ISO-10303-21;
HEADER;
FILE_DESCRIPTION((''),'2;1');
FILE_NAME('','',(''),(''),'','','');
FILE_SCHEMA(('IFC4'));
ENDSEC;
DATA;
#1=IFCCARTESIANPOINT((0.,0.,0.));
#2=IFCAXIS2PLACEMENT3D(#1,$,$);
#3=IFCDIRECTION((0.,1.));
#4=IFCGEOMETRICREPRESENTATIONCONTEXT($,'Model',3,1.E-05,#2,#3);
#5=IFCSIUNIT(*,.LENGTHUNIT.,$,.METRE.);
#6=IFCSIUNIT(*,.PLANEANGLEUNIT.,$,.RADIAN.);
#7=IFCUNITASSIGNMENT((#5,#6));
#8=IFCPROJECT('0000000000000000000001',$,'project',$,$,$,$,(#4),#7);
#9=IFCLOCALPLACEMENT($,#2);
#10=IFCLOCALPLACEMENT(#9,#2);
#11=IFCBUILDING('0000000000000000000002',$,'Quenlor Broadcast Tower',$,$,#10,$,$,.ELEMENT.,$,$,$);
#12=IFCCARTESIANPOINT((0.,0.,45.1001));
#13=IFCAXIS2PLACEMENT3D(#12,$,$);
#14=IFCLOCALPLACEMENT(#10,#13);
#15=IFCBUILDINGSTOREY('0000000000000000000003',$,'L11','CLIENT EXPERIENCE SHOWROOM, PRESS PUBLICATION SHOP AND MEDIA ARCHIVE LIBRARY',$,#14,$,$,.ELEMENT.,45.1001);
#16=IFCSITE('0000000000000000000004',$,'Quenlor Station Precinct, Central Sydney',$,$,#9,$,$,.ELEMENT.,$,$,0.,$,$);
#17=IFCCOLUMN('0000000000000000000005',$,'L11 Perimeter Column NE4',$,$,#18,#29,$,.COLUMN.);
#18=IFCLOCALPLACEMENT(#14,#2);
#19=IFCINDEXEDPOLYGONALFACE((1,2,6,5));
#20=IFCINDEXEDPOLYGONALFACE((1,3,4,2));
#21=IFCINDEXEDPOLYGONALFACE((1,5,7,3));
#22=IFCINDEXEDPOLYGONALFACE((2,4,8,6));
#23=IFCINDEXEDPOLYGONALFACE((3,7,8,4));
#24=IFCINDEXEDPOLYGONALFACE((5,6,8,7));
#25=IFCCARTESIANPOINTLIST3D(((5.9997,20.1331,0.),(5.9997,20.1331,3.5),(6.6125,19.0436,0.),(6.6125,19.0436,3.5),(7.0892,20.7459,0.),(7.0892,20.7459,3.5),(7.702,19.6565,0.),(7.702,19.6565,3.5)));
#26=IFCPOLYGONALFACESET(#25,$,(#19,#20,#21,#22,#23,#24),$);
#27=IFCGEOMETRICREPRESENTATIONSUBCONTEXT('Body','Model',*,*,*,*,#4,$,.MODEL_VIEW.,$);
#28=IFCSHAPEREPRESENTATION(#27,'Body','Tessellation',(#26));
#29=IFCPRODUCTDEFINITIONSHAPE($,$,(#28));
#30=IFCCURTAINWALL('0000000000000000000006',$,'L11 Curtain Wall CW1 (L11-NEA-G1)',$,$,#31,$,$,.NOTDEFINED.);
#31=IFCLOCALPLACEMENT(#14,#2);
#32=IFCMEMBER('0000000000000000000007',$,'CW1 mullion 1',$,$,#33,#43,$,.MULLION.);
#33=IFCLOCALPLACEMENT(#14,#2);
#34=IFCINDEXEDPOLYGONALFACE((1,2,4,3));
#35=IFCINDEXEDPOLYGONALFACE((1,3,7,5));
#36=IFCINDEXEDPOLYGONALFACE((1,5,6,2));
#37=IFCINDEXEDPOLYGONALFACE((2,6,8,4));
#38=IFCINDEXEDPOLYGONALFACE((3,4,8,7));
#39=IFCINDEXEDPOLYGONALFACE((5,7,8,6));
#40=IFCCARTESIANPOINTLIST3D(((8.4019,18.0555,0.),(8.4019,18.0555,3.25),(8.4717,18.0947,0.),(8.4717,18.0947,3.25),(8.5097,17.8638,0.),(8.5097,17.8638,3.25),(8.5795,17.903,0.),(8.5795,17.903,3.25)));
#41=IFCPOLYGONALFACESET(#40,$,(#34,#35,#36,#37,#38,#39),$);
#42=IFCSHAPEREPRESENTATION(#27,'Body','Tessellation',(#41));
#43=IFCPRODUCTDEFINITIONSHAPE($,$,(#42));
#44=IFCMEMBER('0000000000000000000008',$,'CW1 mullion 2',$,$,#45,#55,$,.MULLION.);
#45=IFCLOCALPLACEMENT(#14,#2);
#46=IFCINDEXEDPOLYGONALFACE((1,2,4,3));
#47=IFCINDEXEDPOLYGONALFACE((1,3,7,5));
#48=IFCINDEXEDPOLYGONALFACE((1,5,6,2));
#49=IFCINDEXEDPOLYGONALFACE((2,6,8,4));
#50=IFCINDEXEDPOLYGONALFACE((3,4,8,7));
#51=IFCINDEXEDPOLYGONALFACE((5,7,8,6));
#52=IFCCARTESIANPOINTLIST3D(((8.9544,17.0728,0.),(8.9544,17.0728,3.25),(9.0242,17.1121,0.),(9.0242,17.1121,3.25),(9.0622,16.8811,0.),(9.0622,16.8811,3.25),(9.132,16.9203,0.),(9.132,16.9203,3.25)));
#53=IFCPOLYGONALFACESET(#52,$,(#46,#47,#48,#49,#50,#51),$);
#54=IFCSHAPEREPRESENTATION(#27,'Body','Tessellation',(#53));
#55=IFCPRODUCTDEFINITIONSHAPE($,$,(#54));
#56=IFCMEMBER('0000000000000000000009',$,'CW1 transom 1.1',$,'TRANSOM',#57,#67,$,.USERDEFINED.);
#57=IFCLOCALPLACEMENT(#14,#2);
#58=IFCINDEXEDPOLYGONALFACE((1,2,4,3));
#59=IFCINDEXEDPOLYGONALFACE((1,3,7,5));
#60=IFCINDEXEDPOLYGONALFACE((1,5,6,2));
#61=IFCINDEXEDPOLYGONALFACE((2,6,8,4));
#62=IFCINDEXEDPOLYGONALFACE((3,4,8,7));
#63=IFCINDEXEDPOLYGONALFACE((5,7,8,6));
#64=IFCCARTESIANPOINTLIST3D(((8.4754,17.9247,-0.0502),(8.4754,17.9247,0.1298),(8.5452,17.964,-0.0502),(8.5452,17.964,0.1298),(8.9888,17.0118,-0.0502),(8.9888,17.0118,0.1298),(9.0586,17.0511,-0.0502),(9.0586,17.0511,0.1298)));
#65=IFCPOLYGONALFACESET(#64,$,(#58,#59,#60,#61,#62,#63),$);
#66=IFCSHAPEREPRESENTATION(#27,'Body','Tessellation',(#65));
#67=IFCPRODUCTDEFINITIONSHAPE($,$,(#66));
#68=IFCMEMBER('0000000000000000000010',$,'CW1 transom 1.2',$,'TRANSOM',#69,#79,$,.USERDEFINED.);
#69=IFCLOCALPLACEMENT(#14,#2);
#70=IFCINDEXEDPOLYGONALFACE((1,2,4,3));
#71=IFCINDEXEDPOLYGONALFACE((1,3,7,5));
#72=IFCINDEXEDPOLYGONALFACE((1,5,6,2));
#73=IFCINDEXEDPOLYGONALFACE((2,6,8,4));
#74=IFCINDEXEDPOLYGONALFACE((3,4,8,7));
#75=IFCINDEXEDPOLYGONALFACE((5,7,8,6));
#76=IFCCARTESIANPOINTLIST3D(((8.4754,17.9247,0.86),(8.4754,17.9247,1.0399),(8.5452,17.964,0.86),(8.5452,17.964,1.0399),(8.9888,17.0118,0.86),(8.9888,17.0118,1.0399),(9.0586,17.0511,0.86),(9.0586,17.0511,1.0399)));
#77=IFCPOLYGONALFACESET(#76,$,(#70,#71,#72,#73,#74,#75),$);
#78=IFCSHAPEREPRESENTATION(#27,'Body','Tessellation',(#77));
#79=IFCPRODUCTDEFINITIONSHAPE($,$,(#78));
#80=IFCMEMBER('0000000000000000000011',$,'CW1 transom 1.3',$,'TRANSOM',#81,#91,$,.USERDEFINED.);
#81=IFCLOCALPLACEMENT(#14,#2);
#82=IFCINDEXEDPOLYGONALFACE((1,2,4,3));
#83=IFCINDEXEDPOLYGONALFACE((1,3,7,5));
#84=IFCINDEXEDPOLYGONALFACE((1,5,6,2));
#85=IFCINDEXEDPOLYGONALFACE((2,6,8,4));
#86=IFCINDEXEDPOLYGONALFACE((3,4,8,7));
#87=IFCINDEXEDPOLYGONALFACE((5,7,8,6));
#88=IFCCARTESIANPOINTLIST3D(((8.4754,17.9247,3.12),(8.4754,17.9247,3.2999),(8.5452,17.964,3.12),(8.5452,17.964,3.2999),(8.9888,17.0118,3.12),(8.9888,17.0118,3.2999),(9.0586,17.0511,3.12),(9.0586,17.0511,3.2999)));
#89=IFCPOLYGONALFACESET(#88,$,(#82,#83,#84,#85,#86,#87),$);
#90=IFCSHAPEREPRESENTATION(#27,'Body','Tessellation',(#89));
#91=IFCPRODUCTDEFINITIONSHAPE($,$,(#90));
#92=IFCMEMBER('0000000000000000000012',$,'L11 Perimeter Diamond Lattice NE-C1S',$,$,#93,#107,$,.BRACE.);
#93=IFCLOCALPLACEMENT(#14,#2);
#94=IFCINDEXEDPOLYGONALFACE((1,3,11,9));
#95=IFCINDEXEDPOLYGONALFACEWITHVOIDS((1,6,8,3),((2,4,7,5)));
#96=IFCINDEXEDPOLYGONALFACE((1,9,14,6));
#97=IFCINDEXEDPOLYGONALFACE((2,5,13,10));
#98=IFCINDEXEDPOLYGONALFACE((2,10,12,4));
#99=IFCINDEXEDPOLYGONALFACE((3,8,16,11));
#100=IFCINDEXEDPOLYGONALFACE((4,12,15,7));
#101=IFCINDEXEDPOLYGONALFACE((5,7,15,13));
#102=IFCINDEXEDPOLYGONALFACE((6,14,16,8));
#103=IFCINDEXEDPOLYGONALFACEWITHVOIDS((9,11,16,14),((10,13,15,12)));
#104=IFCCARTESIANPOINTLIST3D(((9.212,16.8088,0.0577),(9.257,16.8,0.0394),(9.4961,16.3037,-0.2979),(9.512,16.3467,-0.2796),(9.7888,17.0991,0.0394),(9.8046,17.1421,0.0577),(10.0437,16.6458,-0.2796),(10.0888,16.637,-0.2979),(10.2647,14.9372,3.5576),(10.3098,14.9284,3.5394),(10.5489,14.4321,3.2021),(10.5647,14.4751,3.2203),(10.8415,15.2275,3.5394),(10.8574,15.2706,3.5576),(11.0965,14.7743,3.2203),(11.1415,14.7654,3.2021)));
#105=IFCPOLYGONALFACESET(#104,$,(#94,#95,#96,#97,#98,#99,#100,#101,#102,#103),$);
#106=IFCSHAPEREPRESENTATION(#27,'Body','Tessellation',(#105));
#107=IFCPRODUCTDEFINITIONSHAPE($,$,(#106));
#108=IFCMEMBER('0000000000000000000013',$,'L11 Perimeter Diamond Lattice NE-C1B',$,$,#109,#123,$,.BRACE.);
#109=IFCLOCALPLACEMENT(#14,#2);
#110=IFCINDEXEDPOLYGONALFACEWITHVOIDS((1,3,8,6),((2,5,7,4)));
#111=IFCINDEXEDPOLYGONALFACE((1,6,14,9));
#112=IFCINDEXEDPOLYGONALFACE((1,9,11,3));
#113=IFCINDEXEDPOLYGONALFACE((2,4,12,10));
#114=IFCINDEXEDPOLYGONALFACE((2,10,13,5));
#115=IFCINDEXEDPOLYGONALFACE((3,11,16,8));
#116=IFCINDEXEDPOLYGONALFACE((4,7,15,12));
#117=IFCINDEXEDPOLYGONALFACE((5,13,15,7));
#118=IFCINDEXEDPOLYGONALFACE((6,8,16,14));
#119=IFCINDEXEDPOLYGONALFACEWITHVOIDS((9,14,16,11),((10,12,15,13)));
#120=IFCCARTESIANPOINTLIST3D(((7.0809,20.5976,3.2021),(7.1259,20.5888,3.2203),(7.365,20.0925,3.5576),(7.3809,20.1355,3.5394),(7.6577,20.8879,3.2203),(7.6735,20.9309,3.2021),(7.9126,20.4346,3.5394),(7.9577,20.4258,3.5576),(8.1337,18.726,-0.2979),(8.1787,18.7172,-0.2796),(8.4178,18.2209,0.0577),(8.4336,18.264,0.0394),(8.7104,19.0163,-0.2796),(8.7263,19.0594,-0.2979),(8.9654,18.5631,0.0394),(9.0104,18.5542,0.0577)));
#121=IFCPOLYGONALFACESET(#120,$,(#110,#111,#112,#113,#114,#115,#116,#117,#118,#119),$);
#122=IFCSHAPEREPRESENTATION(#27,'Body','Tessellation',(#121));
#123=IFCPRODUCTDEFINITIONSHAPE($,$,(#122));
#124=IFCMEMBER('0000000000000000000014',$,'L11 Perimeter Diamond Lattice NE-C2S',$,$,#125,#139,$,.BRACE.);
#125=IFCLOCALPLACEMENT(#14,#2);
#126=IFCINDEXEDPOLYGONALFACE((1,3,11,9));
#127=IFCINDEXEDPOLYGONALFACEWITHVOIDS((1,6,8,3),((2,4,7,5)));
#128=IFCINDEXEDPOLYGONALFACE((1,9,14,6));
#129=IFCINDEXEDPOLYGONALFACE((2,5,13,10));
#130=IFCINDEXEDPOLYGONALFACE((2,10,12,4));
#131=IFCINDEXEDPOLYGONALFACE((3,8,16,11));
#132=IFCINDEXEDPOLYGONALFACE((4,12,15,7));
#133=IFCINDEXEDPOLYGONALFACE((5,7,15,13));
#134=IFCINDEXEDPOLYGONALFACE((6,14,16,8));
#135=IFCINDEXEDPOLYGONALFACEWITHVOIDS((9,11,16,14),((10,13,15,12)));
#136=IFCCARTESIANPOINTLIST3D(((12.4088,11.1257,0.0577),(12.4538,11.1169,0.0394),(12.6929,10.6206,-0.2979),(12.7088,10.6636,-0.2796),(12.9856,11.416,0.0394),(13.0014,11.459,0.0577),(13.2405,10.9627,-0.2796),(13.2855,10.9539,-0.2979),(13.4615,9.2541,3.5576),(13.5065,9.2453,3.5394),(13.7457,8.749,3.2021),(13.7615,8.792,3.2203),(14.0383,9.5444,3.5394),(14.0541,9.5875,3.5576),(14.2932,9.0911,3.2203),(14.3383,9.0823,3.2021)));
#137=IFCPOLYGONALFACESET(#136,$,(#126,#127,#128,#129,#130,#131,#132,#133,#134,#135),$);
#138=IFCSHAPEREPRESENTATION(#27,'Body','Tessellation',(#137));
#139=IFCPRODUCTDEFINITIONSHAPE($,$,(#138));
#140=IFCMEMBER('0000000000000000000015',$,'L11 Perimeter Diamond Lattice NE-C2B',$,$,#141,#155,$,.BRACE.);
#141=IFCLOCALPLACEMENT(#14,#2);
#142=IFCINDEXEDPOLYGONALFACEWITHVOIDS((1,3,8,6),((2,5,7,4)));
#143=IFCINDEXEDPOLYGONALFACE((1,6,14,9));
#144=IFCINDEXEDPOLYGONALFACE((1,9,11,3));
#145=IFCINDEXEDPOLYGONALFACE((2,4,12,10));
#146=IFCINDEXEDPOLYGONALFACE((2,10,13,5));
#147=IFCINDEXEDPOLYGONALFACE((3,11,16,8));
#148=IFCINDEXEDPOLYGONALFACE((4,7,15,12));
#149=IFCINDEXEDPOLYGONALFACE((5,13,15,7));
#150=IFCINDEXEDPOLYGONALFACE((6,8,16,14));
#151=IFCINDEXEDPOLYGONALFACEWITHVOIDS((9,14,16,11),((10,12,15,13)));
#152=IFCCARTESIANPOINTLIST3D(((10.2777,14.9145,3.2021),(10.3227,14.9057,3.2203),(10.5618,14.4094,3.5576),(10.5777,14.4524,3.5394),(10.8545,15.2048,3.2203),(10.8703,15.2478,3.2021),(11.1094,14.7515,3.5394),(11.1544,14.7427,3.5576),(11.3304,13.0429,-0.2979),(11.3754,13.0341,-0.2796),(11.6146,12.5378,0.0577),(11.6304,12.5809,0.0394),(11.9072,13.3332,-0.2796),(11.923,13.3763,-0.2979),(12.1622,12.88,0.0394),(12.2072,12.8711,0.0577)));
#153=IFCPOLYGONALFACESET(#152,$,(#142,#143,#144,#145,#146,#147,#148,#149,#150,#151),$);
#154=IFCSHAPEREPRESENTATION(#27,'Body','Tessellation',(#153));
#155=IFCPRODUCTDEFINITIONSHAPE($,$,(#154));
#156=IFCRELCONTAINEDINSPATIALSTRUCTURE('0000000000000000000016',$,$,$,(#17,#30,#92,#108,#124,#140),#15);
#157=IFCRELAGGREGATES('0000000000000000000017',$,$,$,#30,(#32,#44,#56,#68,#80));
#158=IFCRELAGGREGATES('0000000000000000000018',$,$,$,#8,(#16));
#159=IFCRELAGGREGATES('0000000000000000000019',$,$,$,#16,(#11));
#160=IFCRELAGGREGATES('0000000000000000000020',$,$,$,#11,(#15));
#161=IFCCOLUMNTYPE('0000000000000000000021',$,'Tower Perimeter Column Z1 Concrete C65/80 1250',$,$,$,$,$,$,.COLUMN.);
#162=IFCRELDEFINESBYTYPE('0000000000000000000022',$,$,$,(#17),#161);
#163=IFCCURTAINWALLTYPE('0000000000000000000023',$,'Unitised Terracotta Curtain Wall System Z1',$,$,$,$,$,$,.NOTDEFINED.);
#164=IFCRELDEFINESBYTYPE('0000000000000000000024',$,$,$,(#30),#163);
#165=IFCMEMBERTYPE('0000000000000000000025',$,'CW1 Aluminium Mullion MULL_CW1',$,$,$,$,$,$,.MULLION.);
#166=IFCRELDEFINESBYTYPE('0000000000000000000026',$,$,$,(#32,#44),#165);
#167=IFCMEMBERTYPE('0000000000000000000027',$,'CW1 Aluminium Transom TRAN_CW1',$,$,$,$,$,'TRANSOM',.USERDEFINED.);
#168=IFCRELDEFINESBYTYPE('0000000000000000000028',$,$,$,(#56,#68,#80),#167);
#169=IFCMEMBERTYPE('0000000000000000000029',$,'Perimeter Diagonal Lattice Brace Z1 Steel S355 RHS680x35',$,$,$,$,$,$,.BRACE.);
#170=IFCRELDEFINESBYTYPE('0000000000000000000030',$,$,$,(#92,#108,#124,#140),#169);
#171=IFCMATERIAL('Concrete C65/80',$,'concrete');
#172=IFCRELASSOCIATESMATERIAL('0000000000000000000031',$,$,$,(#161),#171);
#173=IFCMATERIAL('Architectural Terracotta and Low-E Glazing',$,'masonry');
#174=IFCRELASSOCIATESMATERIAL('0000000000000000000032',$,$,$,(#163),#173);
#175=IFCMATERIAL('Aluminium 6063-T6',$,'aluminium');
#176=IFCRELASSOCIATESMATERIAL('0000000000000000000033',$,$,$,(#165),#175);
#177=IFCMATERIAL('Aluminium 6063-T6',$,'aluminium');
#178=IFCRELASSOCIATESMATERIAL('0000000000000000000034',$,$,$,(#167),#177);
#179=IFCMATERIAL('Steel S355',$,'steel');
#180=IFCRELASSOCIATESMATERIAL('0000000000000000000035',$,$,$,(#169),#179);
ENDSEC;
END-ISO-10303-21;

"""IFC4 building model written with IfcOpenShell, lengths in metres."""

from ifc_helpers import new_model, si_unit, direction, frame, origin, origin_2d, place, context, subcontext, project, spatial, rectangle, hollow_rectangle, extrude, material, material_profile, profile_set, type_object, element, aggregate, save


model = new_model("IFC4")

# Units and contexts
model_context = context("Model", 3, precision=1e-05, world=origin(), true_north=direction((0.0, 1.0)))
body_context = subcontext(model_context, "Body", "Model", "MODEL_VIEW")
ifc_project = project(units=[si_unit("LENGTHUNIT", "METRE"), si_unit("PLANEANGLEUNIT", "RADIAN")], contexts=[model_context])

# Site, building, storey
site_placement = place(None, origin())
site = spatial("IfcSite", under=ifc_project, at=site_placement, Name="Quenlor Station Precinct, Central Sydney", CompositionType="ELEMENT", RefElevation=0.0)
building_placement = place(site_placement, origin())
building = spatial("IfcBuilding", under=site, at=building_placement, Name="Quenlor Broadcast Tower", CompositionType="ELEMENT")
storey_placement = place(building_placement, frame((0.0, 0.0, 45.1001)))
storey = spatial("IfcBuildingStorey", under=building, at=storey_placement, Name="L11", Description="CLIENT EXPERIENCE SHOWROOM, PRESS PUBLICATION SHOP AND MEDIA ARCHIVE LIBRARY", CompositionType="ELEMENT", Elevation=45.1001)

# Column
ifc_material_1 = material(Name="Concrete C65/80", Category="concrete")
ifc_material_profile_1 = material_profile(ifc_material_1, rectangle(XDim=1.25, YDim=1.25, at=origin_2d()))
ifc_profile_set_1 = profile_set([ifc_material_profile_1], Name="Concrete C65/80 RC1250x1250")
column_type = type_object("IfcColumnType", Name="Tower Perimeter Column Z1 Concrete C65/80 1250", PredefinedType="COLUMN", material=ifc_profile_set_1)
column_placement = place(storey_placement, frame((6.8508, 19.8948, 0.0), z_axis=(0.0, 0.0, 1.0), x_axis=(0.871575, 0.490262, 0.0)))
element("IfcColumn", 1, at=column_placement, inside=storey, type_object=column_type, Name="L11 Perimeter Column NE4", PredefinedType="COLUMN", context=body_context, shape_type="SweptSolid", body=[
    extrude(rectangle(XDim=1.25, YDim=1.25, at=origin_2d()), origin(), (0.0, 0.0, 1.0), 3.5),
])

# Curtain wall, members
ifc_material_2 = material(Name="Architectural Terracotta and Low-E Glazing", Category="masonry")
curtain_wall_type = type_object("IfcCurtainWallType", Name="Unitised Terracotta Curtain Wall System Z1", PredefinedType="NOTDEFINED", material=ifc_material_2)
curtain_wall_placement = place(storey_placement, origin())
curtain_wall = element("IfcCurtainWall", 2, at=curtain_wall_placement, inside=storey, type_object=curtain_wall_type, Name="L11 Curtain Wall CW1 (L11-NEA-G1)", PredefinedType="NOTDEFINED")
ifc_material_3 = material(Name="Aluminium 6063-T6", Category="aluminium")
ifc_material_profile_2 = material_profile(ifc_material_3, rectangle(XDim=0.0801, YDim=0.22, at=origin_2d()))
ifc_profile_set_2 = profile_set([ifc_material_profile_2], Name="Aluminium 6063-T6 MULL80x220")
member_type_1 = type_object("IfcMemberType", Name="CW1 Aluminium Mullion MULL_CW1", PredefinedType="MULLION", material=ifc_profile_set_2)
member_1_placement = place(storey_placement, frame((8.4907, 17.9792, 0.0), z_axis=(0.0, 0.0, 1.0), x_axis=(0.871602, 0.490214, 0.0)))
member_1 = element("IfcMember", 3, at=member_1_placement, type_object=member_type_1, Name="CW1 mullion 1", PredefinedType="MULLION", context=body_context, shape_type="SweptSolid", body=[
    extrude(rectangle(XDim=0.0801, YDim=0.22, at=origin_2d()), origin(), (0.0, 0.0, 1.0), 3.25),
])
member_2_placement = place(storey_placement, frame((9.0432, 16.9966, 0.0), z_axis=(0.0, 0.0, 1.0), x_axis=(0.871602, 0.490214, 0.0)))
member_2 = element("IfcMember", 4, at=member_2_placement, type_object=member_type_1, Name="CW1 mullion 2", PredefinedType="MULLION", context=body_context, shape_type="SweptSolid", body=[
    extrude(rectangle(XDim=0.0801, YDim=0.22, at=origin_2d()), origin(), (0.0, 0.0, 1.0), 3.25),
])
ifc_material_4 = material(Name="Aluminium 6063-T6", Category="aluminium")
ifc_material_profile_3 = material_profile(ifc_material_4, rectangle(XDim=0.0801, YDim=0.1799, at=origin_2d()))
ifc_profile_set_3 = profile_set([ifc_material_profile_3], Name="Aluminium 6063-T6 TRAN80x180")
member_type_2 = type_object("IfcMemberType", Name="CW1 Aluminium Transom TRAN_CW1", ElementType="TRANSOM", PredefinedType="USERDEFINED", material=ifc_profile_set_3)
member_3_placement = place(storey_placement, frame((8.5103, 17.9443, 0.0398), z_axis=(0.490228, -0.871594, 0.0), x_axis=(0.871594, 0.490228, 0.0)))
member_3 = element("IfcMember", 5, at=member_3_placement, type_object=member_type_2, Name="CW1 transom 1.1", ObjectType="TRANSOM", PredefinedType="USERDEFINED", context=body_context, shape_type="SweptSolid", body=[
    extrude(rectangle(XDim=0.0801, YDim=0.1799, at=origin_2d()), origin(), (0.0, 0.0, 1.0), 1.0474),
])
member_4_placement = place(storey_placement, frame((8.5103, 17.9443, 0.95), z_axis=(0.490228, -0.871594, 0.0), x_axis=(0.871594, 0.490228, 0.0)))
member_4 = element("IfcMember", 6, at=member_4_placement, type_object=member_type_2, Name="CW1 transom 1.2", ObjectType="TRANSOM", PredefinedType="USERDEFINED", context=body_context, shape_type="SweptSolid", body=[
    extrude(rectangle(XDim=0.0801, YDim=0.1799, at=origin_2d()), origin(), (0.0, 0.0, 1.0), 1.0474),
])
member_5_placement = place(storey_placement, frame((8.5103, 17.9443, 3.21), z_axis=(0.490228, -0.871594, 0.0), x_axis=(0.871594, 0.490228, 0.0)))
member_5 = element("IfcMember", 7, at=member_5_placement, type_object=member_type_2, Name="CW1 transom 1.3", ObjectType="TRANSOM", PredefinedType="USERDEFINED", context=body_context, shape_type="SweptSolid", body=[
    extrude(rectangle(XDim=0.0801, YDim=0.1799, at=origin_2d()), origin(), (0.0, 0.0, 1.0), 1.0474),
])

# Members
ifc_material_5 = material(Name="Steel S355", Category="steel")
ifc_material_profile_4 = material_profile(ifc_material_5, hollow_rectangle(XDim=0.6799, YDim=0.6799, WallThickness=0.0349, at=origin_2d()))
ifc_profile_set_4 = profile_set([ifc_material_profile_4], Name="Steel S355 RHS680x680x35")
member_type_3 = type_object("IfcMemberType", Name="Perimeter Diagonal Lattice Brace Z1 Steel S355 RHS680x35", PredefinedType="BRACE", material=ifc_profile_set_4)
for number, where, z_axis, x_axis, name in (
    (8, (9.6504, 16.7229, -0.1201), (0.256375, -0.455792, 0.852365), (0.871582, 0.49025, 0.0), "L11 Perimeter Diamond Lattice NE-C1S"),
    (9, (8.572, 18.6401, -0.1201), (-0.256375, 0.455792, 0.852365), (-0.871582, -0.49025, 0.0), "L11 Perimeter Diamond Lattice NE-C1B"),
    (10, (12.8472, 11.0398, -0.1201), (0.256375, -0.455792, 0.852365), (0.871582, 0.49025, 0.0), "L11 Perimeter Diamond Lattice NE-C2S"),
    (11, (11.7688, 12.957, -0.1201), (-0.256375, 0.455792, 0.852365), (-0.871582, -0.49025, 0.0), "L11 Perimeter Diamond Lattice NE-C2B"),
):
    element("IfcMember", number, at=place(storey_placement, frame(where, z_axis=z_axis, x_axis=x_axis)), inside=storey, type_object=member_type_3, Name=name, PredefinedType="BRACE", context=body_context, shape_type="SweptSolid", body=[
        extrude(hollow_rectangle(XDim=0.6799, YDim=0.6799, WallThickness=0.0349, at=origin_2d()), origin(), (0.0, 0.0, 1.0), 4.1062),
    ])

aggregate(curtain_wall, [member_1, member_2, member_3, member_4, member_5])

save(model, "model.ifc")
